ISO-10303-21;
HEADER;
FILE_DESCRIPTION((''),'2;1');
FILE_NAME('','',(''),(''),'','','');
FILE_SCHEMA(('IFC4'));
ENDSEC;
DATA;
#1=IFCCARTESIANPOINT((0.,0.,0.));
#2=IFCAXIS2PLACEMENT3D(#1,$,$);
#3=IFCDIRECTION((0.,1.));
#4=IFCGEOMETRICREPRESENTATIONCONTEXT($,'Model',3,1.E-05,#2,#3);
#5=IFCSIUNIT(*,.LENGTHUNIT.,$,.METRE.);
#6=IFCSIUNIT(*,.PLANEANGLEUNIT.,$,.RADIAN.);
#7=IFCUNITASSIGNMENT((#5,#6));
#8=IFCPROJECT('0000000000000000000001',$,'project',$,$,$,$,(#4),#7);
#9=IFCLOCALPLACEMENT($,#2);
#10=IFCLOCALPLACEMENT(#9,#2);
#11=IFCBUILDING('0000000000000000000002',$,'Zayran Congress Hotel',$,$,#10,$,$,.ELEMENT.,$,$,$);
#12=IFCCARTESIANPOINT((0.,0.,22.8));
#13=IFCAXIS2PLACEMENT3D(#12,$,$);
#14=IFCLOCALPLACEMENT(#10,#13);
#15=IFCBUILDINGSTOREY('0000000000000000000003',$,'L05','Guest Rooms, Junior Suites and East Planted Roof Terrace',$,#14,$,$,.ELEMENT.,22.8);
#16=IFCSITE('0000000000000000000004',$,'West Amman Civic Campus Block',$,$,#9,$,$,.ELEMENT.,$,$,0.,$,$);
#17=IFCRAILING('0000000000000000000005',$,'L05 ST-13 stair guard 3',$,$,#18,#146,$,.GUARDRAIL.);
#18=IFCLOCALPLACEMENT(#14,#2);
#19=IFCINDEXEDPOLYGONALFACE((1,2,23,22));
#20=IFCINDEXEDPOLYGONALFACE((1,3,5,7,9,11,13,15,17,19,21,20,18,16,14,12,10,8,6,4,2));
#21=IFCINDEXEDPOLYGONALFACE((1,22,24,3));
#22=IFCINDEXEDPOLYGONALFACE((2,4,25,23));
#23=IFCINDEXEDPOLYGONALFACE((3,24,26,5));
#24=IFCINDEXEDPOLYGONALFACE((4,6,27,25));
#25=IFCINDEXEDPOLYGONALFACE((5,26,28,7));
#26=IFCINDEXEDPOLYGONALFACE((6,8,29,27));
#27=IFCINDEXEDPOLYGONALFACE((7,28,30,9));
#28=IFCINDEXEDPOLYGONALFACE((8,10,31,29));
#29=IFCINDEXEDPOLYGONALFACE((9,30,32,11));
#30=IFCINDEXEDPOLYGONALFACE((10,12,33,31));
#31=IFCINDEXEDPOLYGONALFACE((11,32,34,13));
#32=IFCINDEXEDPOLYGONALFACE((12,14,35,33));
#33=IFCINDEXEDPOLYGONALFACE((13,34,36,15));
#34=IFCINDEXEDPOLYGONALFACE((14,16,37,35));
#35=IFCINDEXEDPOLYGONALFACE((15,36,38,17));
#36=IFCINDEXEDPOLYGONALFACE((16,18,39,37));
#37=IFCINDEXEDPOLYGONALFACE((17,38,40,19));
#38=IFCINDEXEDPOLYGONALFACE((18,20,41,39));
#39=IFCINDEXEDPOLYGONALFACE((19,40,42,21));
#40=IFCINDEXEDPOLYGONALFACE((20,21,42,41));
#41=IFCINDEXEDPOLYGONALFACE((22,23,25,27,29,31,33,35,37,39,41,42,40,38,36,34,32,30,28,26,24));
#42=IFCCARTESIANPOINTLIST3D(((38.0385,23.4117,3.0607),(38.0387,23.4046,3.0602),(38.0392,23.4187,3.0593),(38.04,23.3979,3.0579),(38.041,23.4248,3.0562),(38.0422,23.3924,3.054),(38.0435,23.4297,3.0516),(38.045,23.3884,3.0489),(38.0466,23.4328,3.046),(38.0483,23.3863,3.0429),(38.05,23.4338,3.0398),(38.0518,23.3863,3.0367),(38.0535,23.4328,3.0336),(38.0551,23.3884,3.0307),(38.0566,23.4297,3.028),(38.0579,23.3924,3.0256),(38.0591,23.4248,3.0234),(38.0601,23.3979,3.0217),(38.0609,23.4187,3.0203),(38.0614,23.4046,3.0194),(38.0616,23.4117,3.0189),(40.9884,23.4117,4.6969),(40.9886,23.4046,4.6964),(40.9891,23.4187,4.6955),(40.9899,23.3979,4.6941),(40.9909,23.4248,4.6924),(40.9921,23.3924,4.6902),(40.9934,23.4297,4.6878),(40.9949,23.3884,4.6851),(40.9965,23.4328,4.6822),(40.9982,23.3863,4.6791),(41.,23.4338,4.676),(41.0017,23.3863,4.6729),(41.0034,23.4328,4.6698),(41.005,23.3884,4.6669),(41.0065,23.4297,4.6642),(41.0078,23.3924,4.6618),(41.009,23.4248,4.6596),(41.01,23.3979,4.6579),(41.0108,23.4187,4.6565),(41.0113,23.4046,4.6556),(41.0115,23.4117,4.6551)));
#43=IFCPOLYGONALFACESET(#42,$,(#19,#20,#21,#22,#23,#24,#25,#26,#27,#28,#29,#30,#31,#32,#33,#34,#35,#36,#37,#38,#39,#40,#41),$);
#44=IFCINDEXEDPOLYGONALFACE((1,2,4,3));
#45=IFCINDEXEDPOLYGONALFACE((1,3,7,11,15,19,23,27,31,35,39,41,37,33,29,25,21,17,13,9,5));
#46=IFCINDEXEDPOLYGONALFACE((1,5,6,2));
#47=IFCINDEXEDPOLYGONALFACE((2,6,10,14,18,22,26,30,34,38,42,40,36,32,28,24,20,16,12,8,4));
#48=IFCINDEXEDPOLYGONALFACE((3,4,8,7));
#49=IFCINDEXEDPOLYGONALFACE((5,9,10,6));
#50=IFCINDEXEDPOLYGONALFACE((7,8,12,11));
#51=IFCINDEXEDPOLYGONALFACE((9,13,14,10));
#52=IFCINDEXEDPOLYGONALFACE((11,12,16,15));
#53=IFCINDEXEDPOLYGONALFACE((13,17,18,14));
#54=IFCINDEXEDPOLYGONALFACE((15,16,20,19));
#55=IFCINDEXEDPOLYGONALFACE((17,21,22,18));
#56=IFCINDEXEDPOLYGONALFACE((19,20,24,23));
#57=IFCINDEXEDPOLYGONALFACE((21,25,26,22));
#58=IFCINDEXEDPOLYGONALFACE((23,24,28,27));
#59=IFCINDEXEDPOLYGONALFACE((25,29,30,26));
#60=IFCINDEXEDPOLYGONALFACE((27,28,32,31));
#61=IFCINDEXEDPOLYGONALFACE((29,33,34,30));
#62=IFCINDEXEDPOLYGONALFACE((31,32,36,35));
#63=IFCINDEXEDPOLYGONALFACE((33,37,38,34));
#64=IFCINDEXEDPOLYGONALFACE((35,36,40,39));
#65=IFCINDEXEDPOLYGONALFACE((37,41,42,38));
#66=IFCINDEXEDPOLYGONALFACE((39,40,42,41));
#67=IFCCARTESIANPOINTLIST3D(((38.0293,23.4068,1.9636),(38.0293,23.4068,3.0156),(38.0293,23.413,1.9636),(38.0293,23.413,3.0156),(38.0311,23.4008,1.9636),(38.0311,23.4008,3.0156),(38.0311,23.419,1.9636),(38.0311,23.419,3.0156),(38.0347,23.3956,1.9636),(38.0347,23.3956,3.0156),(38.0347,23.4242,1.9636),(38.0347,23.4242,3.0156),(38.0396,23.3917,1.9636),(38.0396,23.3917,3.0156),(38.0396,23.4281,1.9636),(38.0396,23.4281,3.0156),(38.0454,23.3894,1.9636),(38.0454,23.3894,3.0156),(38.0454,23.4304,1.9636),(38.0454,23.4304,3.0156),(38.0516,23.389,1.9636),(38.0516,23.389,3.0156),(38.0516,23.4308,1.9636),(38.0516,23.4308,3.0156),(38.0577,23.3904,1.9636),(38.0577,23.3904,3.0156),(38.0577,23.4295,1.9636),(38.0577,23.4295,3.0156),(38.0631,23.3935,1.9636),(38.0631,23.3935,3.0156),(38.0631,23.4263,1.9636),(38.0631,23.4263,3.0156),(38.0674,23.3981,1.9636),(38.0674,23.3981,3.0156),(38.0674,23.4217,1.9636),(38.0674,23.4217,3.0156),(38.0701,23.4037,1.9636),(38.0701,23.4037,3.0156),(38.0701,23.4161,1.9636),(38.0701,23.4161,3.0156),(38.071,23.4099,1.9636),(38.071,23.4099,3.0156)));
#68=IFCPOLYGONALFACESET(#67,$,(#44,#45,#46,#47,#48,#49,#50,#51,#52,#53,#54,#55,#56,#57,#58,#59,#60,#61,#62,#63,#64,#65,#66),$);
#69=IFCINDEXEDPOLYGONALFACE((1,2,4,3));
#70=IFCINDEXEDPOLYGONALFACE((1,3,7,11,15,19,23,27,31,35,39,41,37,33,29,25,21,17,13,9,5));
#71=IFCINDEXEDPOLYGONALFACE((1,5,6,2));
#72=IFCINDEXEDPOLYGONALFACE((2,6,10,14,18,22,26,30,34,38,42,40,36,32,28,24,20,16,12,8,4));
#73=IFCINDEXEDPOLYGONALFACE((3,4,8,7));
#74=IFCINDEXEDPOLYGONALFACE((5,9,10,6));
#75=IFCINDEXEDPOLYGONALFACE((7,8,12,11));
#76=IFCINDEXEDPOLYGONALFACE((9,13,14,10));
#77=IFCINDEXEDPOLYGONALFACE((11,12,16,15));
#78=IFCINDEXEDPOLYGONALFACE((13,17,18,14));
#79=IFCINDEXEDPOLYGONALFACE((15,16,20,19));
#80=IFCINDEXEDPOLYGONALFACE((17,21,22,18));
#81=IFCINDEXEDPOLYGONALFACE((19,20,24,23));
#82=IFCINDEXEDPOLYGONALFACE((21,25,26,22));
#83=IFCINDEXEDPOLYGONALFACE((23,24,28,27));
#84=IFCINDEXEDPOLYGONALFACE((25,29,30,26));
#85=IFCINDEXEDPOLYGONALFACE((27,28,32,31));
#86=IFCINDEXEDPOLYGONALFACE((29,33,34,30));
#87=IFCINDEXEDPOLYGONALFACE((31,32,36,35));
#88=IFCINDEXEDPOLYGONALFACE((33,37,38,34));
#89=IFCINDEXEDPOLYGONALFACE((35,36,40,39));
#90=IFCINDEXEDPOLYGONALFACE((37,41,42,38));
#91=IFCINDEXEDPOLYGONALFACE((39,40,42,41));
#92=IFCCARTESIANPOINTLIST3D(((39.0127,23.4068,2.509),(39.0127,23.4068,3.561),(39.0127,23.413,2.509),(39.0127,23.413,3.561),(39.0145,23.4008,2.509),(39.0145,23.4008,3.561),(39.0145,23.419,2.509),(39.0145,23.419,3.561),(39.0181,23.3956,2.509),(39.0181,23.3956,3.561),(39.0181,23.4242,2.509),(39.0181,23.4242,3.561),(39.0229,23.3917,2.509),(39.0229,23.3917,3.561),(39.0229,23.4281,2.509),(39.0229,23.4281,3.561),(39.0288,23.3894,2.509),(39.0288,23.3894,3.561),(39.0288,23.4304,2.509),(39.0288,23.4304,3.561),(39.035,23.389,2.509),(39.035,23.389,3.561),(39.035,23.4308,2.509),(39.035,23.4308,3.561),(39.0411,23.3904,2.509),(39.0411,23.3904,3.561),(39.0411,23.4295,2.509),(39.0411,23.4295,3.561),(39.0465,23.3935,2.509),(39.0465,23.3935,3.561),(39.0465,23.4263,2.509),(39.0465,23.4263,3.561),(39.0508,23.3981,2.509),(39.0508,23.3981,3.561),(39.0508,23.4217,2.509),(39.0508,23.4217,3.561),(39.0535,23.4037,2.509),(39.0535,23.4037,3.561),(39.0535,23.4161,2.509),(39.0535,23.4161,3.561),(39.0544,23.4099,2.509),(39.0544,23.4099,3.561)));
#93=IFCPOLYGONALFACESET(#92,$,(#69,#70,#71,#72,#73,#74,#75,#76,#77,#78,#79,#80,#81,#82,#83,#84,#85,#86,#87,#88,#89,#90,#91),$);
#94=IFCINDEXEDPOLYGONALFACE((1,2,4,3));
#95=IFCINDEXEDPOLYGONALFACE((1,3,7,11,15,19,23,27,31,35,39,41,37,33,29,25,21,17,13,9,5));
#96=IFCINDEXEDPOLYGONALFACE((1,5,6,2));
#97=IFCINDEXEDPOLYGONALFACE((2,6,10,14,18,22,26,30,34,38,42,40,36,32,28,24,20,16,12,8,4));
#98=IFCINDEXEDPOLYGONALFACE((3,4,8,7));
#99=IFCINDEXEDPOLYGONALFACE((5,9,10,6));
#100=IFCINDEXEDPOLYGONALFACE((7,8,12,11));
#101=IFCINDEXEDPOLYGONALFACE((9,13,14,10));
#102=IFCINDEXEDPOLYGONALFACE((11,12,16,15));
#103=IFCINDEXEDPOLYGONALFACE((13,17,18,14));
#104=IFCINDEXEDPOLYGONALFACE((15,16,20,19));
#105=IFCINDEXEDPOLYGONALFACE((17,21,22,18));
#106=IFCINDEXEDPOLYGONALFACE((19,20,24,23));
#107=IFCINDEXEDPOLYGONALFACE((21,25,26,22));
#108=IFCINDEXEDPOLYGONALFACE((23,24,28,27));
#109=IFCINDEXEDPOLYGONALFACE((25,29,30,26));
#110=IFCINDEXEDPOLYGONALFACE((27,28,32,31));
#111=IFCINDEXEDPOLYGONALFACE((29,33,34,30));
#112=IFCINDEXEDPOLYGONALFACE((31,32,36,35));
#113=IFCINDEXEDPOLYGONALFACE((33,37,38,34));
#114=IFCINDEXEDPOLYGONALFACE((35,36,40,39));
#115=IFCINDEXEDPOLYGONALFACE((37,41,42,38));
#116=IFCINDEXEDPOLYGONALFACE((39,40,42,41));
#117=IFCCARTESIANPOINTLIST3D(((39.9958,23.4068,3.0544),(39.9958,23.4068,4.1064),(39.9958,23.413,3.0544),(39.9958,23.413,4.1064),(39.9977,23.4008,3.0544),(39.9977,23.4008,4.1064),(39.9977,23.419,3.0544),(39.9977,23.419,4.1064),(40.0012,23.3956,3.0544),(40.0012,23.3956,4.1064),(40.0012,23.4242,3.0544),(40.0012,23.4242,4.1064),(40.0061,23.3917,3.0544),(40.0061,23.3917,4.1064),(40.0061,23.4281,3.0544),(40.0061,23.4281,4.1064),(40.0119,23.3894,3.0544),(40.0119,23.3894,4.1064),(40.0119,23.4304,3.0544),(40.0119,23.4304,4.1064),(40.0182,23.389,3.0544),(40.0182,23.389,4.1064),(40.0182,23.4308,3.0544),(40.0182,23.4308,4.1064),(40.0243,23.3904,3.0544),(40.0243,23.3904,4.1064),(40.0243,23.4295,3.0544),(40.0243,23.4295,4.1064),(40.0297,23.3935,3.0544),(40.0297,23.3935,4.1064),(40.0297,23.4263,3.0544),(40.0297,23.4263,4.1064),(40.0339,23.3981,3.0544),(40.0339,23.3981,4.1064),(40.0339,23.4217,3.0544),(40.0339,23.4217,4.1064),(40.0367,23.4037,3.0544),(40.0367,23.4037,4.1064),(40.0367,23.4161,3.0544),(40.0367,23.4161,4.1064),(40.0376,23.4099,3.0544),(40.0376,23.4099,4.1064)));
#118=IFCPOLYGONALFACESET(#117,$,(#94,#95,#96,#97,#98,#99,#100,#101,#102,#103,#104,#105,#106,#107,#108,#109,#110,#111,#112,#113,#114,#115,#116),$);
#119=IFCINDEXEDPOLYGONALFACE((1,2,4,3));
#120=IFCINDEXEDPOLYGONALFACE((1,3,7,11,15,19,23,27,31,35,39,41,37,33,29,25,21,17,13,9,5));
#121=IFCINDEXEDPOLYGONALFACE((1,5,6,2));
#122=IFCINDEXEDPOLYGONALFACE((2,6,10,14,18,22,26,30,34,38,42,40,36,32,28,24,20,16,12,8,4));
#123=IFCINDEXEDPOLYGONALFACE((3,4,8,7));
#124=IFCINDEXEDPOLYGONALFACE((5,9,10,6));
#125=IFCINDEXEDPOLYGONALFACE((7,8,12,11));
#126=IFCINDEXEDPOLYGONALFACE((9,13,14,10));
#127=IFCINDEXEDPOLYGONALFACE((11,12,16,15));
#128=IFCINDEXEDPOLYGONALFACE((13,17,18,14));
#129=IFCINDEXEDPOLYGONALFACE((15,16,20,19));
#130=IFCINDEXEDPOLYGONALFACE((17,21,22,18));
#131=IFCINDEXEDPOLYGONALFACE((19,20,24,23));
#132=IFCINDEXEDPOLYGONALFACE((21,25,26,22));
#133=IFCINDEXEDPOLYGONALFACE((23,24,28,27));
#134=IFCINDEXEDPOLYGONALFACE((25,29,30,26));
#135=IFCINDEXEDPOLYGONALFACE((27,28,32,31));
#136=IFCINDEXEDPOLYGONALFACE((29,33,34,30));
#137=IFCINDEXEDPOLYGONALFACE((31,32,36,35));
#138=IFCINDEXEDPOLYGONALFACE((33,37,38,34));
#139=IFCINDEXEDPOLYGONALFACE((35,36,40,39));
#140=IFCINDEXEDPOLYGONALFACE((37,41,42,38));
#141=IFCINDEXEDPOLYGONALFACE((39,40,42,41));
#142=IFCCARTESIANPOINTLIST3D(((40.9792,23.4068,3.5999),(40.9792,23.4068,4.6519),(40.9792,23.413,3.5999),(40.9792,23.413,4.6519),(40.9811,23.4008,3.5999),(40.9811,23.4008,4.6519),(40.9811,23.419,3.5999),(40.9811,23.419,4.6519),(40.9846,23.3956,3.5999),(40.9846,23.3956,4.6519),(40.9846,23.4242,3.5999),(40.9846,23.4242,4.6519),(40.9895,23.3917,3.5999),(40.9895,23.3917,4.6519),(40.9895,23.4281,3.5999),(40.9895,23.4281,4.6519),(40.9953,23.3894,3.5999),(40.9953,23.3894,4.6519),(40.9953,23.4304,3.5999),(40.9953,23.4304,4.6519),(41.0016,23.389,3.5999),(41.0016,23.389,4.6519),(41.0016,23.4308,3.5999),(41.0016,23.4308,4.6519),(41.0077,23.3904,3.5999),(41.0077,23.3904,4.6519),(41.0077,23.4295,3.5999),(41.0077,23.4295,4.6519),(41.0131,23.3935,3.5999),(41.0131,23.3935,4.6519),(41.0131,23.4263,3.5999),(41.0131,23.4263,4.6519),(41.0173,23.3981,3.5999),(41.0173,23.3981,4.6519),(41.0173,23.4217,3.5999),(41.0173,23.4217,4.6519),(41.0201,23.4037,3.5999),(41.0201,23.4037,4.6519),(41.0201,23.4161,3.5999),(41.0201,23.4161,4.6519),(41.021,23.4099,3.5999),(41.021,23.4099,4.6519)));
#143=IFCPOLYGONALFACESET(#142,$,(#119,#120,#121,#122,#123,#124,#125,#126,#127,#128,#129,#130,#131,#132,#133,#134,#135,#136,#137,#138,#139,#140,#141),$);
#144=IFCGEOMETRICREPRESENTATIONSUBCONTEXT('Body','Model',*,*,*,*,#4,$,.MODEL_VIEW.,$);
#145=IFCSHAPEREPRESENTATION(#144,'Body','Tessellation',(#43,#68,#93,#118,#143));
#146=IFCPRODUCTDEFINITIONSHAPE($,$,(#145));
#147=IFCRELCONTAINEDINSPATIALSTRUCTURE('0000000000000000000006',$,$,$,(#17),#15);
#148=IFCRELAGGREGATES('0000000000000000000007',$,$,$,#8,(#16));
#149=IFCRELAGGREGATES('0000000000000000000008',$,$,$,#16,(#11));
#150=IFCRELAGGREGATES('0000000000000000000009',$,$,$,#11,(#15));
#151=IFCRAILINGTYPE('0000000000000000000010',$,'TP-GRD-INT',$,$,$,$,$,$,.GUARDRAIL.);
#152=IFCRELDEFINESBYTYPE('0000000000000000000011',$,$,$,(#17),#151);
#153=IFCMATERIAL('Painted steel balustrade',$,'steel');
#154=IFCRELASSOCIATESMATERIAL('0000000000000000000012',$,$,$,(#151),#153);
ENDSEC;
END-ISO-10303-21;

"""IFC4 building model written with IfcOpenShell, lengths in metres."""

from ifc_helpers import new_model, si_unit, direction, frame, origin, origin_2d, place, context, subcontext, project, spatial, circle, extrude, material, type_object, element, save


model = new_model("IFC4")

# Units and contexts
model_context = context("Model", 3, precision=1e-05, world=origin(), true_north=direction((0.0, 1.0)))
body_context = subcontext(model_context, "Body", "Model", "MODEL_VIEW")
ifc_project = project(units=[si_unit("LENGTHUNIT", "METRE"), si_unit("PLANEANGLEUNIT", "RADIAN")], contexts=[model_context])

# Site, building, storey
site_placement = place(None, origin())
site = spatial("IfcSite", under=ifc_project, at=site_placement, Name="West Amman Civic Campus Block", CompositionType="ELEMENT", RefElevation=0.0)
building_placement = place(site_placement, origin())
building = spatial("IfcBuilding", under=site, at=building_placement, Name="Zayran Congress Hotel", CompositionType="ELEMENT")
storey_placement = place(building_placement, frame((0.0, 0.0, 22.8)))
storey = spatial("IfcBuildingStorey", under=building, at=storey_placement, Name="L05", Description="Guest Rooms, Junior Suites and East Planted Roof Terrace", CompositionType="ELEMENT", Elevation=22.8)

# Railing
ifc_material_1 = material(Name="Painted steel balustrade", Category="steel")
railing_type_1 = type_object("IfcRailingType", Name="TP-GRD-INT", PredefinedType="GUARDRAIL", material=ifc_material_1)
railing_1_placement = place(storey_placement, frame((38.05, 23.4099, 1.9636)))
element("IfcRailing", 1, at=railing_1_placement, inside=storey, type_object=railing_type_1, Name="L05 ST-13 stair guard 3", PredefinedType="GUARDRAIL", context=body_context, shape_type="SweptSolid", body=[
    extrude(circle(Radius=0.0239, at=origin_2d()), frame((0.0, 0.0, 1.0762), z_axis=(0.874488, 0.0, 0.485047), x_axis=(0.0, 1.0, 0.0)), (0.0, 0.0, 1.0), 3.3733),
    extrude(circle(Radius=0.021, at=origin_2d()), origin(), (0.0, 0.0, 1.0), 1.052),
    extrude(circle(Radius=0.021, at=origin_2d()), frame((0.9834, 0.0, 0.5454)), (0.0, 0.0, 1.0), 1.052),
    extrude(circle(Radius=0.021, at=origin_2d()), frame((1.9666, 0.0, 1.0908)), (0.0, 0.0, 1.0), 1.052),
    extrude(circle(Radius=0.021, at=origin_2d()), frame((2.95, 0.0, 1.6362)), (0.0, 0.0, 1.0), 1.052),
])

save(model, "model.ifc")
